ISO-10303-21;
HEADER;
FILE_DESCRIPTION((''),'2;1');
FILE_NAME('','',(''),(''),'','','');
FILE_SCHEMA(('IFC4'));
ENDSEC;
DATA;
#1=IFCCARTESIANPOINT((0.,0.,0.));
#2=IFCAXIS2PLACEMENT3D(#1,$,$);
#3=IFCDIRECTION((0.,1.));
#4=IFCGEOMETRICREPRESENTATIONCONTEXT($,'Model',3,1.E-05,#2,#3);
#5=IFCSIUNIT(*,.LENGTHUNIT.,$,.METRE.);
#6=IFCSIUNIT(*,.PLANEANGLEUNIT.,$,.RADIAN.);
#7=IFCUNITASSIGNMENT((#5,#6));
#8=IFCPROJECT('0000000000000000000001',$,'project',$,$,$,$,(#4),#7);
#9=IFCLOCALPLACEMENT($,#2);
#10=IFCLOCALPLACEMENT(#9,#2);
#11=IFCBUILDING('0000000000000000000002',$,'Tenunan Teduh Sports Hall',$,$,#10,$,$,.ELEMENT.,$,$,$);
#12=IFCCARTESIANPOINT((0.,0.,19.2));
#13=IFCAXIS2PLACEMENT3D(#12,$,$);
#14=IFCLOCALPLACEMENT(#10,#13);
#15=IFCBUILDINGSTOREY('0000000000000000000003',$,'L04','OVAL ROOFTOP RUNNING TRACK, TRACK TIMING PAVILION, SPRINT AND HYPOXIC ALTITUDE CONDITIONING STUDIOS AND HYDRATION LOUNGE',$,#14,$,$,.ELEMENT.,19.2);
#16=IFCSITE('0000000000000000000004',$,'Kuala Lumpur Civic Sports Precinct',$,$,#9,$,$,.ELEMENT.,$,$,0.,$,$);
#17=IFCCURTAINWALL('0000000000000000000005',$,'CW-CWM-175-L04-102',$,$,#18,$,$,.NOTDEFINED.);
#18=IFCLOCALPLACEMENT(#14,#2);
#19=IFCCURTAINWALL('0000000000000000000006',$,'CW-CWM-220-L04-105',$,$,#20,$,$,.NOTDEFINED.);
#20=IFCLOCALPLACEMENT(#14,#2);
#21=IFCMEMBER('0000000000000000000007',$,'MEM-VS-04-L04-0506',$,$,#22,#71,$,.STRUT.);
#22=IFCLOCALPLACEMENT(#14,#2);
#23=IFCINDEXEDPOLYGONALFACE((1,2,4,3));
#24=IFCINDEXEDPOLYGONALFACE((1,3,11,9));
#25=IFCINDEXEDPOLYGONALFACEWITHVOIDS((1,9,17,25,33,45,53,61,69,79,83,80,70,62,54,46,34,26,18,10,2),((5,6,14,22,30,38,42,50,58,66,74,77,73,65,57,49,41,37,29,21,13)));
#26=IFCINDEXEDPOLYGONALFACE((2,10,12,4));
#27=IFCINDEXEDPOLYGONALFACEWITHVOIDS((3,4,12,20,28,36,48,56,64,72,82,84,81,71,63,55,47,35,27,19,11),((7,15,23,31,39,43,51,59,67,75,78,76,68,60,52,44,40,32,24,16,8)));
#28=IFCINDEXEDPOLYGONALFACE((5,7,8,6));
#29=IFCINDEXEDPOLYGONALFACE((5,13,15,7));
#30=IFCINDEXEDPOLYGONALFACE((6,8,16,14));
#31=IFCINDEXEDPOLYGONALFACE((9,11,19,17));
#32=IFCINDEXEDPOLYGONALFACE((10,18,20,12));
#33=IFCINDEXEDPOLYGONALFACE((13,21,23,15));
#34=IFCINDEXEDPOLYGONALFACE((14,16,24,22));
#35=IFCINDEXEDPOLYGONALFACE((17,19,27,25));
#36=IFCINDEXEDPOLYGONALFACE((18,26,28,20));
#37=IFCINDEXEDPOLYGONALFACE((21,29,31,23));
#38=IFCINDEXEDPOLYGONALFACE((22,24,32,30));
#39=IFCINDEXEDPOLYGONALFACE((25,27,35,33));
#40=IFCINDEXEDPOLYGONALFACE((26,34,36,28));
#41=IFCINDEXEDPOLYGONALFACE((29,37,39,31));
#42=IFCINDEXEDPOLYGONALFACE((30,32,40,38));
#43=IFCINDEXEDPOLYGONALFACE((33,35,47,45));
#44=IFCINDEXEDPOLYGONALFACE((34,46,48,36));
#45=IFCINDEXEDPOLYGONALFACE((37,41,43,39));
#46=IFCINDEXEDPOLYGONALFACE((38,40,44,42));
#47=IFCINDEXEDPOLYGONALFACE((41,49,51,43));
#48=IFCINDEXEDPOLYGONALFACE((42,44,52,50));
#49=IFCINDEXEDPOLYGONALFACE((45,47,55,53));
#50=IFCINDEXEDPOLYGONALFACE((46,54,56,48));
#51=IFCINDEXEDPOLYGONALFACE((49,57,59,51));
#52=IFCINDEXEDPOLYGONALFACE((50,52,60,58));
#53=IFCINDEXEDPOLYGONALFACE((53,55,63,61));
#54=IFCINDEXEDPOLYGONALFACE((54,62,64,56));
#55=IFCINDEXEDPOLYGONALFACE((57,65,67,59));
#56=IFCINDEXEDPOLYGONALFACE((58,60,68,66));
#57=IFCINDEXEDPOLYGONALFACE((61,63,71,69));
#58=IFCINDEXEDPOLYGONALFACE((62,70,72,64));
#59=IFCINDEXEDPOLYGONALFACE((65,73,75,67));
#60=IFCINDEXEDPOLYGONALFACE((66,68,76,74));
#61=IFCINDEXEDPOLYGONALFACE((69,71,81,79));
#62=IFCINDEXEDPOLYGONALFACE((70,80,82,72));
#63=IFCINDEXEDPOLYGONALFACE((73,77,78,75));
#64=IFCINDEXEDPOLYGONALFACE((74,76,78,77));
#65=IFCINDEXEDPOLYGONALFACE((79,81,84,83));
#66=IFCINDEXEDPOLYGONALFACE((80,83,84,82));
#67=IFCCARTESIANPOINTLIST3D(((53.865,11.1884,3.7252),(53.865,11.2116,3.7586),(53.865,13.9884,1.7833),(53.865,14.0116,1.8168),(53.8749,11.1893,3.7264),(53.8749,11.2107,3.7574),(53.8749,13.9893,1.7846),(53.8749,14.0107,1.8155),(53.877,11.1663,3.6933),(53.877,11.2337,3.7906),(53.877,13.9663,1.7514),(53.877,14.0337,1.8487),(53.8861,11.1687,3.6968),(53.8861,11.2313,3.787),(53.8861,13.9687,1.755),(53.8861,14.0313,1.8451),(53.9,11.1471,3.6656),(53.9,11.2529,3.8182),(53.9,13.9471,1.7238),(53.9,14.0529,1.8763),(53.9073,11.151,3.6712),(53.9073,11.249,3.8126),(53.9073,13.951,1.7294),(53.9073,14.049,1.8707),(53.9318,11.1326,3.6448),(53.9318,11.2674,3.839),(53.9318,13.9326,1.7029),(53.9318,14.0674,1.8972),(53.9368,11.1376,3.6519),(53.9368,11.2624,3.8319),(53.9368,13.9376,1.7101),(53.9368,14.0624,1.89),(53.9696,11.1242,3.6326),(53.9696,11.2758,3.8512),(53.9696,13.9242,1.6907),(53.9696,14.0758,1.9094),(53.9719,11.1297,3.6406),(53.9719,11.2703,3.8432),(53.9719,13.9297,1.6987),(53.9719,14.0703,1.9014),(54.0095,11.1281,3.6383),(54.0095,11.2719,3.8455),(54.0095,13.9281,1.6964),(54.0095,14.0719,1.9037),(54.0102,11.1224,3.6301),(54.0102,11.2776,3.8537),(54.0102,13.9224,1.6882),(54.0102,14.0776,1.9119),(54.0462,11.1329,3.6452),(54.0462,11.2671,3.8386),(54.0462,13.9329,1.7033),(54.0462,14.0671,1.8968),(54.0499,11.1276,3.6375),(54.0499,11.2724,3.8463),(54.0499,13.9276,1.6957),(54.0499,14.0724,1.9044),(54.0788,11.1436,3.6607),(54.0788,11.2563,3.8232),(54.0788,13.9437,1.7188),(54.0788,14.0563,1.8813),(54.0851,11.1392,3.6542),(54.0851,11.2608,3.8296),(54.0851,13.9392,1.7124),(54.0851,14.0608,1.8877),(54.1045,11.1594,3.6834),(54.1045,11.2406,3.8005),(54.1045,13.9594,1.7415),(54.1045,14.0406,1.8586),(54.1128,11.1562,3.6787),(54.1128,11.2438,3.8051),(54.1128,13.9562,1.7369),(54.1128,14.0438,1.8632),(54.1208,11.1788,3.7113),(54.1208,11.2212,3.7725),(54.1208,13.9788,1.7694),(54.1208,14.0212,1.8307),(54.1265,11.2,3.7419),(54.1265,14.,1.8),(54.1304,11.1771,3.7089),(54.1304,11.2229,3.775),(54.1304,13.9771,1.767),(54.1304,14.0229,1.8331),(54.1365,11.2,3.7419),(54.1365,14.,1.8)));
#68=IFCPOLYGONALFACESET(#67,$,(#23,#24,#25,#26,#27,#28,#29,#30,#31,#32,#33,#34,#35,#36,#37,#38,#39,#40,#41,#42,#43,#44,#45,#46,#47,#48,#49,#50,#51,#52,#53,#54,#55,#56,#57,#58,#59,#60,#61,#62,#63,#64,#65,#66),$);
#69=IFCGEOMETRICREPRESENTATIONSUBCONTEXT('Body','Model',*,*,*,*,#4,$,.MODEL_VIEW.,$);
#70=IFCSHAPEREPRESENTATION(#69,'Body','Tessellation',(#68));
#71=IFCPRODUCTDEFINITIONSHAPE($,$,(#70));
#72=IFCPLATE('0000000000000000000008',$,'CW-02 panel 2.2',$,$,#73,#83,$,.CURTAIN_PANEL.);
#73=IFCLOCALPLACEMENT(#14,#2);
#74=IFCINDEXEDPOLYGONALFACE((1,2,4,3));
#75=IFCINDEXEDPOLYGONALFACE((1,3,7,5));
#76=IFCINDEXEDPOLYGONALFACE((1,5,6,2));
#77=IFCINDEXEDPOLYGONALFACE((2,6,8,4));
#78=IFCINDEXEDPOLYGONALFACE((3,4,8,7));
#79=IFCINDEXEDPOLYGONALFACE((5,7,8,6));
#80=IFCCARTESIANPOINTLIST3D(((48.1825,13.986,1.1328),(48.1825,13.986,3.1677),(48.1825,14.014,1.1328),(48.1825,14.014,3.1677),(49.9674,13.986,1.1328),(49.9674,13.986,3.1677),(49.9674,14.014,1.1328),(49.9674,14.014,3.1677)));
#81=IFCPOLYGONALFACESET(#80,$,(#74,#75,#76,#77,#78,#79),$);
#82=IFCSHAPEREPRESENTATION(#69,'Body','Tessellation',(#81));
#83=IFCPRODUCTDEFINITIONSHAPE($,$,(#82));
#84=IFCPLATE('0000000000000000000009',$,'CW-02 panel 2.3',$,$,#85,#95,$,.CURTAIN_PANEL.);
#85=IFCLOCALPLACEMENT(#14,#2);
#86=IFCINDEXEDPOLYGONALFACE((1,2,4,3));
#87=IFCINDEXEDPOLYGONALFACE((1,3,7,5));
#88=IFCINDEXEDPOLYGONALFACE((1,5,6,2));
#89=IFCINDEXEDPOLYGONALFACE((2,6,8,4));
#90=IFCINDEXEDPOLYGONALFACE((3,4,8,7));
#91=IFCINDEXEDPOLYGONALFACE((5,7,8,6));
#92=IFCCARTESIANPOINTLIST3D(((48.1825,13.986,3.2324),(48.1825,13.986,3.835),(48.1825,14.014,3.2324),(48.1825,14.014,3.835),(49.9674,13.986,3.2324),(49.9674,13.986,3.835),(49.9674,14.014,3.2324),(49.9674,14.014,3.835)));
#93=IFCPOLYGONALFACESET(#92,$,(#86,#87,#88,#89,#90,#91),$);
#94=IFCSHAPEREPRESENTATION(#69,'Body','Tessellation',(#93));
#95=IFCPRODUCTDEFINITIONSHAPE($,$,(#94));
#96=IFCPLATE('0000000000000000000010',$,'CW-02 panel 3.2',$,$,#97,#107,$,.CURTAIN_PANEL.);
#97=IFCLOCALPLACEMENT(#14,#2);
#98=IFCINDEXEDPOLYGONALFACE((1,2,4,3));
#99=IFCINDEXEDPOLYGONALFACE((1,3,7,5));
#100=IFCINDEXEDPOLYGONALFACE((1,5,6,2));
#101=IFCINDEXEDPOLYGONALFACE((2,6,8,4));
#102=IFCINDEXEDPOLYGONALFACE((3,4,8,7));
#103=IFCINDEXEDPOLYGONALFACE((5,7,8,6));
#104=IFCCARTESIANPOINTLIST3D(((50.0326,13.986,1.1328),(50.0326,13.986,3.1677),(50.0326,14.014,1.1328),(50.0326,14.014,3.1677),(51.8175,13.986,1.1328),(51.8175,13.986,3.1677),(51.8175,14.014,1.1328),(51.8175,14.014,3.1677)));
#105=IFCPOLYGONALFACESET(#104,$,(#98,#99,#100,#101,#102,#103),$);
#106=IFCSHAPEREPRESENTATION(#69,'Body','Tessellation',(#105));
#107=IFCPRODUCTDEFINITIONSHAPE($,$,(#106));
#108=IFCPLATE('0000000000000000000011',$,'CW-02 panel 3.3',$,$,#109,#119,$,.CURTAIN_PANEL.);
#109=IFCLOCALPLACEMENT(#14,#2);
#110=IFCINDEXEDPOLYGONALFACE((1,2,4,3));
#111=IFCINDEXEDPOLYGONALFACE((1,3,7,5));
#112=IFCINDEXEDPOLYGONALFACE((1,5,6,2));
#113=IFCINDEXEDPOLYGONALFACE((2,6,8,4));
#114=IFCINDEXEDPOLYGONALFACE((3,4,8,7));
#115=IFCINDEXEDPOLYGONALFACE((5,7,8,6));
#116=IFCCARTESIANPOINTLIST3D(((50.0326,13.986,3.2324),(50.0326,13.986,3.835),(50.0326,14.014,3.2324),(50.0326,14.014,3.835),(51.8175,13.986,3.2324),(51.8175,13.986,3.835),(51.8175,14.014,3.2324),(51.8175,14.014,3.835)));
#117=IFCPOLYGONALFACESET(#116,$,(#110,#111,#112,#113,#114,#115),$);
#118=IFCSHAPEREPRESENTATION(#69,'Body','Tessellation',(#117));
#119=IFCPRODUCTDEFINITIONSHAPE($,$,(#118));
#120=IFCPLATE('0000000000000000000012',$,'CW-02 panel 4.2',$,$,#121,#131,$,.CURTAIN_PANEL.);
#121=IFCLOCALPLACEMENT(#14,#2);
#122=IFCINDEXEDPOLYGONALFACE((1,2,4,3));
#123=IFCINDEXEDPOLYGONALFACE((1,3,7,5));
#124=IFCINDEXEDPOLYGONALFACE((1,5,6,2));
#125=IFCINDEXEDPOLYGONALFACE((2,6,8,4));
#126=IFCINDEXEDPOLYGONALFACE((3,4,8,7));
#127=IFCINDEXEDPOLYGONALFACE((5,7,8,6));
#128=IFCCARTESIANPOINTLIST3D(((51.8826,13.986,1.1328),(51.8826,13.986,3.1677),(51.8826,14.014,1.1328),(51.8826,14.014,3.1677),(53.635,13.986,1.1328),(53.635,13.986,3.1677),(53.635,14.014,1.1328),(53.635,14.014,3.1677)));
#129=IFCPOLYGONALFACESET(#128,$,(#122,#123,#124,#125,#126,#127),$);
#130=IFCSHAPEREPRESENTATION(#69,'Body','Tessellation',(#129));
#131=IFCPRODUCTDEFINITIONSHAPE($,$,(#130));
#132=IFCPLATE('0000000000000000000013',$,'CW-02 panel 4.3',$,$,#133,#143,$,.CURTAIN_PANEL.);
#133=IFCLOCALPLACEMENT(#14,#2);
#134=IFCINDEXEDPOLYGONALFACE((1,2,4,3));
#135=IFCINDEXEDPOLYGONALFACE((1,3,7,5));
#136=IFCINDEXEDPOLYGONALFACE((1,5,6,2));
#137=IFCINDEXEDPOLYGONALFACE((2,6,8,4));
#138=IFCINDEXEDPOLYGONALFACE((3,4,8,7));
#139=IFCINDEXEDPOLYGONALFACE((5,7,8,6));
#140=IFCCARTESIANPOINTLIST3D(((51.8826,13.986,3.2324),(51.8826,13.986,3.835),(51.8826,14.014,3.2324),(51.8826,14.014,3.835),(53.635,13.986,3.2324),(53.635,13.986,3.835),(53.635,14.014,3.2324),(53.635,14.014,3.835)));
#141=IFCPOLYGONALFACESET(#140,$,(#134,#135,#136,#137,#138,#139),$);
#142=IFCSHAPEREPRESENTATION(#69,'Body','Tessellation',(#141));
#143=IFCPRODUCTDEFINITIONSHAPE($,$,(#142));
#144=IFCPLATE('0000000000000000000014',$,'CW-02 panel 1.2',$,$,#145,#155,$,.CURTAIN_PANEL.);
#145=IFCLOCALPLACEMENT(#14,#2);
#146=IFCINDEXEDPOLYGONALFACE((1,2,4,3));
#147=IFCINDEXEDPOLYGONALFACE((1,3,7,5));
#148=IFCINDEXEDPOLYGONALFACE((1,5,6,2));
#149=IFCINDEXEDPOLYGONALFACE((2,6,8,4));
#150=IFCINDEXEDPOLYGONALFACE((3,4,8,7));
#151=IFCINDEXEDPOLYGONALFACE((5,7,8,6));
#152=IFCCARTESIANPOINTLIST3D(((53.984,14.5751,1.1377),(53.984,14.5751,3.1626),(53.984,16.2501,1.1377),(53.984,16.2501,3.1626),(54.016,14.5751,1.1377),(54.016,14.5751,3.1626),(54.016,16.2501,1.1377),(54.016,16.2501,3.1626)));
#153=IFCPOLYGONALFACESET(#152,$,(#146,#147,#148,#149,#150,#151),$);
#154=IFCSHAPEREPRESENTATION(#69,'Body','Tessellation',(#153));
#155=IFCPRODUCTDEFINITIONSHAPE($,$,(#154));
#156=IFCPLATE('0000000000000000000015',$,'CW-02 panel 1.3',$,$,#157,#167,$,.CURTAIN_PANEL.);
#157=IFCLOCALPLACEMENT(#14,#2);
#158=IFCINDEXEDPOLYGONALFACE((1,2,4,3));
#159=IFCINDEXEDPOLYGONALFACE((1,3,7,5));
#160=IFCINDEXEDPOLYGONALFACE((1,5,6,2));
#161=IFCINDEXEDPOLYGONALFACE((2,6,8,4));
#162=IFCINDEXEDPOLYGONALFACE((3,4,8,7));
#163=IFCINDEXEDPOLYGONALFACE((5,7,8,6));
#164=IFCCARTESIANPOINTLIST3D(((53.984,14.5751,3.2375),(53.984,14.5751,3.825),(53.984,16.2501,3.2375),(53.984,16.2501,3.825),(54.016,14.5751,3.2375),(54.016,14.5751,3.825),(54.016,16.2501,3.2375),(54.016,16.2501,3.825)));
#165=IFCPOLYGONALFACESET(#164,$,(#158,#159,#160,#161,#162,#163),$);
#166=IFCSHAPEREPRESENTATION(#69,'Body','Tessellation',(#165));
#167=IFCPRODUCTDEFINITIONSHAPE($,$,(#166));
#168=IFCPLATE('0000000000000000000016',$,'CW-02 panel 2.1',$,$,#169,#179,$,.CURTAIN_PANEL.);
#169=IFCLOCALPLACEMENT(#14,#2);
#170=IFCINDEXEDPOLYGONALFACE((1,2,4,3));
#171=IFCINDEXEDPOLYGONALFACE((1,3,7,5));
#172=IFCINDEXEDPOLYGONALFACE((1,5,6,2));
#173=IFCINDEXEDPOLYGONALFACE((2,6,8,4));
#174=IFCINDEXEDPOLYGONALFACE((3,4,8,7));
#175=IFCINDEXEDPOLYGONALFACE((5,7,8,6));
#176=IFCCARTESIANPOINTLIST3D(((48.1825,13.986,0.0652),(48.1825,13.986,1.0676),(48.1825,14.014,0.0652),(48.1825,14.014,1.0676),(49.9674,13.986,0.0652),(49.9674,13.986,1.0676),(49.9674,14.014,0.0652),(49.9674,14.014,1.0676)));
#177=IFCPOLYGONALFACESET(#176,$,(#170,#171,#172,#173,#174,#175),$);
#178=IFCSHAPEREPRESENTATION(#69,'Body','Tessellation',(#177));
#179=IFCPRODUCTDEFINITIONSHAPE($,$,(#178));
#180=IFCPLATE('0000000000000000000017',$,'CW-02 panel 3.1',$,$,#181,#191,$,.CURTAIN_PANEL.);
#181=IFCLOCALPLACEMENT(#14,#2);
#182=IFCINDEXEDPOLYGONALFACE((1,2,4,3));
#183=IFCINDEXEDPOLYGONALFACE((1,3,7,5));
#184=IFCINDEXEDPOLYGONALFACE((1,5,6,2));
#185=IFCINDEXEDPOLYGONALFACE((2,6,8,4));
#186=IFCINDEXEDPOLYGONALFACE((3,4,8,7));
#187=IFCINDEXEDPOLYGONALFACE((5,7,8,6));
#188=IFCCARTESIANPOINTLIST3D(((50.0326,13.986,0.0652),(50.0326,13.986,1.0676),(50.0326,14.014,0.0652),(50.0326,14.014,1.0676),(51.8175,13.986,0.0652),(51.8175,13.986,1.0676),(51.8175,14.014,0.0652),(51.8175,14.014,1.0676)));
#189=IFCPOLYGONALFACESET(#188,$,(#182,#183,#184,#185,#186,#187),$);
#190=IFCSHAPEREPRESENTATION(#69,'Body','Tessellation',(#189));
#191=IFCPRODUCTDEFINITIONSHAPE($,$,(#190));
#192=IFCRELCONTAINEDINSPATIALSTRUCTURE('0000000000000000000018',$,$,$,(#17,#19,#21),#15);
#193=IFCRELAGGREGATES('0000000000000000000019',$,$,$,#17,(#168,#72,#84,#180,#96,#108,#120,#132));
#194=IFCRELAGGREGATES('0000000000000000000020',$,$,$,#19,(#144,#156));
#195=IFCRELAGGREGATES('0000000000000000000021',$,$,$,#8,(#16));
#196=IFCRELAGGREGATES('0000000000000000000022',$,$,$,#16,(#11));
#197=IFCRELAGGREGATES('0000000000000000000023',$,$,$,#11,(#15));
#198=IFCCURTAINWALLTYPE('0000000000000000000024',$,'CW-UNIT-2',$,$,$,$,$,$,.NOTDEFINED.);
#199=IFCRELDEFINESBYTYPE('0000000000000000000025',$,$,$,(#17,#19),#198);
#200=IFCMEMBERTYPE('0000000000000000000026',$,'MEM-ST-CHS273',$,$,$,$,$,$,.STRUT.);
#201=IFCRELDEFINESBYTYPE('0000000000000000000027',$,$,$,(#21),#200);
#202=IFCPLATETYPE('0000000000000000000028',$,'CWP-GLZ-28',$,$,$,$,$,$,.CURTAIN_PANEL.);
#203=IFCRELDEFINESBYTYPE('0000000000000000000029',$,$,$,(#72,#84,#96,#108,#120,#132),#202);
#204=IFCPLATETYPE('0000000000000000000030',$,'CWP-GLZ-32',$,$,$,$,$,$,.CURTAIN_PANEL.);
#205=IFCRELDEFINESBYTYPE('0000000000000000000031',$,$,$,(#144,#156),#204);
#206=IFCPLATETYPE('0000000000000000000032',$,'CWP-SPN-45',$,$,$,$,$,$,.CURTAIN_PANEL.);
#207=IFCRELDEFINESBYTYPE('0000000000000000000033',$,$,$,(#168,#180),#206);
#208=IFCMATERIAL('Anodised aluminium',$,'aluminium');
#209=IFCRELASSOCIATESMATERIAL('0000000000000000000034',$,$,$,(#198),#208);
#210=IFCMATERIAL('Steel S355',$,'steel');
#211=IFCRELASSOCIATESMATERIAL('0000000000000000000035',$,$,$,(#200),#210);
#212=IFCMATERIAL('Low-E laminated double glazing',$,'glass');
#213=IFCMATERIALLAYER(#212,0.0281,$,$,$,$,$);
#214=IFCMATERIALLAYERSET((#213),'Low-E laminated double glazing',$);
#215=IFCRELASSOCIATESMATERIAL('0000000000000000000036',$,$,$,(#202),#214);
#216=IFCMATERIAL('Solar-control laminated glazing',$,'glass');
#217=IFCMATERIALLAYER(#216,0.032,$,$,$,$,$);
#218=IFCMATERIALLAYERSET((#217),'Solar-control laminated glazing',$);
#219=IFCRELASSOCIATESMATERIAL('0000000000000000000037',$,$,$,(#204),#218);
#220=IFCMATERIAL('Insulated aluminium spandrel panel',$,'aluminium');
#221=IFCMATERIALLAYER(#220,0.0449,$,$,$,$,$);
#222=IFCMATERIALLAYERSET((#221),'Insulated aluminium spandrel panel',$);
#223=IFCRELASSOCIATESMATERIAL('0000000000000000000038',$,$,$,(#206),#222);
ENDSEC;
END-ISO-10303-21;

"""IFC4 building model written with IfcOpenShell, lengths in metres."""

from ifc_helpers import new_model, si_unit, direction, frame, origin, origin_2d, place, context, subcontext, project, spatial, rectangle, hollow_circle, extrude, material, layer, layer_set, material_profile, profile_set, type_object, element, aggregate, save


model = new_model("IFC4")

# Units and contexts
model_context = context("Model", 3, precision=1e-05, world=origin(), true_north=direction((0.0, 1.0)))
body_context = subcontext(model_context, "Body", "Model", "MODEL_VIEW")
ifc_project = project(units=[si_unit("LENGTHUNIT", "METRE"), si_unit("PLANEANGLEUNIT", "RADIAN")], contexts=[model_context])

# Site, building, storey
site_placement = place(None, origin())
site = spatial("IfcSite", under=ifc_project, at=site_placement, Name="Kuala Lumpur Civic Sports Precinct", CompositionType="ELEMENT", RefElevation=0.0)
building_placement = place(site_placement, origin())
building = spatial("IfcBuilding", under=site, at=building_placement, Name="Tenunan Teduh Sports Hall", CompositionType="ELEMENT")
storey_placement = place(building_placement, frame((0.0, 0.0, 19.2)))
storey = spatial("IfcBuildingStorey", under=building, at=storey_placement, Name="L04", Description="OVAL ROOFTOP RUNNING TRACK, TRACK TIMING PAVILION, SPRINT AND HYPOXIC ALTITUDE CONDITIONING STUDIOS AND HYDRATION LOUNGE", CompositionType="ELEMENT", Elevation=19.2)

# Curtain walls
ifc_material_1 = material(Name="Anodised aluminium", Category="aluminium")
curtain_wall_type = type_object("IfcCurtainWallType", Name="CW-UNIT-2", PredefinedType="NOTDEFINED", material=ifc_material_1)
curtain_wall_1_placement = place(storey_placement, origin())
curtain_wall_1 = element("IfcCurtainWall", 1, at=curtain_wall_1_placement, inside=storey, type_object=curtain_wall_type, Name="CW-CWM-175-L04-102", PredefinedType="NOTDEFINED")
curtain_wall_2_placement = place(storey_placement, origin())
curtain_wall_2 = element("IfcCurtainWall", 2, at=curtain_wall_2_placement, inside=storey, type_object=curtain_wall_type, Name="CW-CWM-220-L04-105", PredefinedType="NOTDEFINED")

# Member
ifc_material_2 = material(Name="Steel S355", Category="steel")
ifc_material_profile_1 = material_profile(ifc_material_2, hollow_circle(Radius=0.1365, WallThickness=0.01, at=origin_2d()), Name="CHS 273.0x10.0")
ifc_profile_set_1 = profile_set([ifc_material_profile_1], Name="Steel S355")
member_type_1 = type_object("IfcMemberType", Name="MEM-ST-CHS273", PredefinedType="STRUT", material=ifc_profile_set_1)
member_1_placement = place(storey_placement, frame((54.0, 14.0, 1.8), z_axis=(0.0, -0.821725, 0.569884), x_axis=(1.0, 0.0, 0.0)))
element("IfcMember", 3, at=member_1_placement, inside=storey, type_object=member_type_1, Name="MEM-VS-04-L04-0506", PredefinedType="STRUT", context=body_context, shape_type="SweptSolid", body=[
    extrude(hollow_circle(Radius=0.1365, WallThickness=0.01, at=origin_2d()), origin(), (0.0, 0.0, 1.0), 3.4075),
])

# Plates
ifc_material_3 = material(Name="Low-E laminated double glazing", Category="glass")
ifc_layer_1 = layer(ifc_material_3, 0.0281)
ifc_layer_set_1 = layer_set([ifc_layer_1], Name="Low-E laminated double glazing")
plate_type_1 = type_object("IfcPlateType", Name="CWP-GLZ-28", PredefinedType="CURTAIN_PANEL", material=ifc_layer_set_1)
plate_1_placement = place(storey_placement, frame((49.075, 14.0, 1.1328), z_axis=(0.0, 0.0, 1.0), x_axis=(1.0, 0.0, 0.0)))
plate_1 = element("IfcPlate", 4, at=plate_1_placement, type_object=plate_type_1, Name="CW-02 panel 2.2", PredefinedType="CURTAIN_PANEL", context=body_context, shape_type="SweptSolid", body=[
    extrude(rectangle(XDim=1.7849, YDim=0.0281, at=origin_2d()), origin(), (0.0, 0.0, 1.0), 2.0349),
])
plate_2_placement = place(storey_placement, frame((49.075, 14.0, 3.2324), z_axis=(0.0, 0.0, 1.0), x_axis=(1.0, 0.0, 0.0)))
plate_2 = element("IfcPlate", 5, at=plate_2_placement, type_object=plate_type_1, Name="CW-02 panel 2.3", PredefinedType="CURTAIN_PANEL", context=body_context, shape_type="SweptSolid", body=[
    extrude(rectangle(XDim=1.7849, YDim=0.0281, at=origin_2d()), origin(), (0.0, 0.0, 1.0), 0.6025),
])
plate_3_placement = place(storey_placement, frame((50.925, 14.0, 1.1328), z_axis=(0.0, 0.0, 1.0), x_axis=(1.0, 0.0, 0.0)))
plate_3 = element("IfcPlate", 6, at=plate_3_placement, type_object=plate_type_1, Name="CW-02 panel 3.2", PredefinedType="CURTAIN_PANEL", context=body_context, shape_type="SweptSolid", body=[
    extrude(rectangle(XDim=1.7849, YDim=0.0281, at=origin_2d()), origin(), (0.0, 0.0, 1.0), 2.0349),
])
plate_4_placement = place(storey_placement, frame((50.925, 14.0, 3.2324), z_axis=(0.0, 0.0, 1.0), x_axis=(1.0, 0.0, 0.0)))
plate_4 = element("IfcPlate", 7, at=plate_4_placement, type_object=plate_type_1, Name="CW-02 panel 3.3", PredefinedType="CURTAIN_PANEL", context=body_context, shape_type="SweptSolid", body=[
    extrude(rectangle(XDim=1.7849, YDim=0.0281, at=origin_2d()), origin(), (0.0, 0.0, 1.0), 0.6025),
])
plate_5_placement = place(storey_placement, frame((52.7588, 14.0, 1.1328), z_axis=(0.0, 0.0, 1.0), x_axis=(1.0, 0.0, 0.0)))
plate_5 = element("IfcPlate", 8, at=plate_5_placement, type_object=plate_type_1, Name="CW-02 panel 4.2", PredefinedType="CURTAIN_PANEL", context=body_context, shape_type="SweptSolid", body=[
    extrude(rectangle(XDim=1.7524, YDim=0.0281, at=origin_2d()), origin(), (0.0, 0.0, 1.0), 2.0349),
])
plate_6_placement = place(storey_placement, frame((52.7588, 14.0, 3.2324), z_axis=(0.0, 0.0, 1.0), x_axis=(1.0, 0.0, 0.0)))
plate_6 = element("IfcPlate", 9, at=plate_6_placement, type_object=plate_type_1, Name="CW-02 panel 4.3", PredefinedType="CURTAIN_PANEL", context=body_context, shape_type="SweptSolid", body=[
    extrude(rectangle(XDim=1.7524, YDim=0.0281, at=origin_2d()), origin(), (0.0, 0.0, 1.0), 0.6025),
])
ifc_material_4 = material(Name="Solar-control laminated glazing", Category="glass")
ifc_layer_2 = layer(ifc_material_4, 0.032)
ifc_layer_set_2 = layer_set([ifc_layer_2], Name="Solar-control laminated glazing")
plate_type_2 = type_object("IfcPlateType", Name="CWP-GLZ-32", PredefinedType="CURTAIN_PANEL", material=ifc_layer_set_2)
plate_7_placement = place(storey_placement, frame((54.0, 15.4126, 1.1377), z_axis=(0.0, 0.0, 1.0), x_axis=(0.0, 1.0, 0.0)))
plate_7 = element("IfcPlate", 10, at=plate_7_placement, type_object=plate_type_2, Name="CW-02 panel 1.2", PredefinedType="CURTAIN_PANEL", context=body_context, shape_type="SweptSolid", body=[
    extrude(rectangle(XDim=1.675, YDim=0.032, at=origin_2d()), origin(), (0.0, 0.0, 1.0), 2.0249),
])
plate_8_placement = place(storey_placement, frame((54.0, 15.4126, 3.2375), z_axis=(0.0, 0.0, 1.0), x_axis=(0.0, 1.0, 0.0)))
plate_8 = element("IfcPlate", 11, at=plate_8_placement, type_object=plate_type_2, Name="CW-02 panel 1.3", PredefinedType="CURTAIN_PANEL", context=body_context, shape_type="SweptSolid", body=[
    extrude(rectangle(XDim=1.675, YDim=0.032, at=origin_2d()), origin(), (0.0, 0.0, 1.0), 0.5874),
])
ifc_material_5 = material(Name="Insulated aluminium spandrel panel", Category="aluminium")
ifc_layer_3 = layer(ifc_material_5, 0.0449)
ifc_layer_set_3 = layer_set([ifc_layer_3], Name="Insulated aluminium spandrel panel")
plate_type_3 = type_object("IfcPlateType", Name="CWP-SPN-45", PredefinedType="CURTAIN_PANEL", material=ifc_layer_set_3)
plate_9_placement = place(storey_placement, frame((49.075, 14.0, 0.0652), z_axis=(0.0, 0.0, 1.0), x_axis=(1.0, 0.0, 0.0)))
plate_9 = element("IfcPlate", 12, at=plate_9_placement, type_object=plate_type_3, Name="CW-02 panel 2.1", PredefinedType="CURTAIN_PANEL", context=body_context, shape_type="SweptSolid", body=[
    extrude(rectangle(XDim=1.7849, YDim=0.0281, at=origin_2d()), origin(), (0.0, 0.0, 1.0), 1.0024),
])
plate_10_placement = place(storey_placement, frame((50.925, 14.0, 0.0652), z_axis=(0.0, 0.0, 1.0), x_axis=(1.0, 0.0, 0.0)))
plate_10 = element("IfcPlate", 13, at=plate_10_placement, type_object=plate_type_3, Name="CW-02 panel 3.1", PredefinedType="CURTAIN_PANEL", context=body_context, shape_type="SweptSolid", body=[
    extrude(rectangle(XDim=1.7849, YDim=0.0281, at=origin_2d()), origin(), (0.0, 0.0, 1.0), 1.0024),
])
aggregate(curtain_wall_1, [plate_9, plate_1, plate_2, plate_10, plate_3, plate_4, plate_5, plate_6])
aggregate(curtain_wall_2, [plate_7, plate_8])

save(model, "model.ifc")
